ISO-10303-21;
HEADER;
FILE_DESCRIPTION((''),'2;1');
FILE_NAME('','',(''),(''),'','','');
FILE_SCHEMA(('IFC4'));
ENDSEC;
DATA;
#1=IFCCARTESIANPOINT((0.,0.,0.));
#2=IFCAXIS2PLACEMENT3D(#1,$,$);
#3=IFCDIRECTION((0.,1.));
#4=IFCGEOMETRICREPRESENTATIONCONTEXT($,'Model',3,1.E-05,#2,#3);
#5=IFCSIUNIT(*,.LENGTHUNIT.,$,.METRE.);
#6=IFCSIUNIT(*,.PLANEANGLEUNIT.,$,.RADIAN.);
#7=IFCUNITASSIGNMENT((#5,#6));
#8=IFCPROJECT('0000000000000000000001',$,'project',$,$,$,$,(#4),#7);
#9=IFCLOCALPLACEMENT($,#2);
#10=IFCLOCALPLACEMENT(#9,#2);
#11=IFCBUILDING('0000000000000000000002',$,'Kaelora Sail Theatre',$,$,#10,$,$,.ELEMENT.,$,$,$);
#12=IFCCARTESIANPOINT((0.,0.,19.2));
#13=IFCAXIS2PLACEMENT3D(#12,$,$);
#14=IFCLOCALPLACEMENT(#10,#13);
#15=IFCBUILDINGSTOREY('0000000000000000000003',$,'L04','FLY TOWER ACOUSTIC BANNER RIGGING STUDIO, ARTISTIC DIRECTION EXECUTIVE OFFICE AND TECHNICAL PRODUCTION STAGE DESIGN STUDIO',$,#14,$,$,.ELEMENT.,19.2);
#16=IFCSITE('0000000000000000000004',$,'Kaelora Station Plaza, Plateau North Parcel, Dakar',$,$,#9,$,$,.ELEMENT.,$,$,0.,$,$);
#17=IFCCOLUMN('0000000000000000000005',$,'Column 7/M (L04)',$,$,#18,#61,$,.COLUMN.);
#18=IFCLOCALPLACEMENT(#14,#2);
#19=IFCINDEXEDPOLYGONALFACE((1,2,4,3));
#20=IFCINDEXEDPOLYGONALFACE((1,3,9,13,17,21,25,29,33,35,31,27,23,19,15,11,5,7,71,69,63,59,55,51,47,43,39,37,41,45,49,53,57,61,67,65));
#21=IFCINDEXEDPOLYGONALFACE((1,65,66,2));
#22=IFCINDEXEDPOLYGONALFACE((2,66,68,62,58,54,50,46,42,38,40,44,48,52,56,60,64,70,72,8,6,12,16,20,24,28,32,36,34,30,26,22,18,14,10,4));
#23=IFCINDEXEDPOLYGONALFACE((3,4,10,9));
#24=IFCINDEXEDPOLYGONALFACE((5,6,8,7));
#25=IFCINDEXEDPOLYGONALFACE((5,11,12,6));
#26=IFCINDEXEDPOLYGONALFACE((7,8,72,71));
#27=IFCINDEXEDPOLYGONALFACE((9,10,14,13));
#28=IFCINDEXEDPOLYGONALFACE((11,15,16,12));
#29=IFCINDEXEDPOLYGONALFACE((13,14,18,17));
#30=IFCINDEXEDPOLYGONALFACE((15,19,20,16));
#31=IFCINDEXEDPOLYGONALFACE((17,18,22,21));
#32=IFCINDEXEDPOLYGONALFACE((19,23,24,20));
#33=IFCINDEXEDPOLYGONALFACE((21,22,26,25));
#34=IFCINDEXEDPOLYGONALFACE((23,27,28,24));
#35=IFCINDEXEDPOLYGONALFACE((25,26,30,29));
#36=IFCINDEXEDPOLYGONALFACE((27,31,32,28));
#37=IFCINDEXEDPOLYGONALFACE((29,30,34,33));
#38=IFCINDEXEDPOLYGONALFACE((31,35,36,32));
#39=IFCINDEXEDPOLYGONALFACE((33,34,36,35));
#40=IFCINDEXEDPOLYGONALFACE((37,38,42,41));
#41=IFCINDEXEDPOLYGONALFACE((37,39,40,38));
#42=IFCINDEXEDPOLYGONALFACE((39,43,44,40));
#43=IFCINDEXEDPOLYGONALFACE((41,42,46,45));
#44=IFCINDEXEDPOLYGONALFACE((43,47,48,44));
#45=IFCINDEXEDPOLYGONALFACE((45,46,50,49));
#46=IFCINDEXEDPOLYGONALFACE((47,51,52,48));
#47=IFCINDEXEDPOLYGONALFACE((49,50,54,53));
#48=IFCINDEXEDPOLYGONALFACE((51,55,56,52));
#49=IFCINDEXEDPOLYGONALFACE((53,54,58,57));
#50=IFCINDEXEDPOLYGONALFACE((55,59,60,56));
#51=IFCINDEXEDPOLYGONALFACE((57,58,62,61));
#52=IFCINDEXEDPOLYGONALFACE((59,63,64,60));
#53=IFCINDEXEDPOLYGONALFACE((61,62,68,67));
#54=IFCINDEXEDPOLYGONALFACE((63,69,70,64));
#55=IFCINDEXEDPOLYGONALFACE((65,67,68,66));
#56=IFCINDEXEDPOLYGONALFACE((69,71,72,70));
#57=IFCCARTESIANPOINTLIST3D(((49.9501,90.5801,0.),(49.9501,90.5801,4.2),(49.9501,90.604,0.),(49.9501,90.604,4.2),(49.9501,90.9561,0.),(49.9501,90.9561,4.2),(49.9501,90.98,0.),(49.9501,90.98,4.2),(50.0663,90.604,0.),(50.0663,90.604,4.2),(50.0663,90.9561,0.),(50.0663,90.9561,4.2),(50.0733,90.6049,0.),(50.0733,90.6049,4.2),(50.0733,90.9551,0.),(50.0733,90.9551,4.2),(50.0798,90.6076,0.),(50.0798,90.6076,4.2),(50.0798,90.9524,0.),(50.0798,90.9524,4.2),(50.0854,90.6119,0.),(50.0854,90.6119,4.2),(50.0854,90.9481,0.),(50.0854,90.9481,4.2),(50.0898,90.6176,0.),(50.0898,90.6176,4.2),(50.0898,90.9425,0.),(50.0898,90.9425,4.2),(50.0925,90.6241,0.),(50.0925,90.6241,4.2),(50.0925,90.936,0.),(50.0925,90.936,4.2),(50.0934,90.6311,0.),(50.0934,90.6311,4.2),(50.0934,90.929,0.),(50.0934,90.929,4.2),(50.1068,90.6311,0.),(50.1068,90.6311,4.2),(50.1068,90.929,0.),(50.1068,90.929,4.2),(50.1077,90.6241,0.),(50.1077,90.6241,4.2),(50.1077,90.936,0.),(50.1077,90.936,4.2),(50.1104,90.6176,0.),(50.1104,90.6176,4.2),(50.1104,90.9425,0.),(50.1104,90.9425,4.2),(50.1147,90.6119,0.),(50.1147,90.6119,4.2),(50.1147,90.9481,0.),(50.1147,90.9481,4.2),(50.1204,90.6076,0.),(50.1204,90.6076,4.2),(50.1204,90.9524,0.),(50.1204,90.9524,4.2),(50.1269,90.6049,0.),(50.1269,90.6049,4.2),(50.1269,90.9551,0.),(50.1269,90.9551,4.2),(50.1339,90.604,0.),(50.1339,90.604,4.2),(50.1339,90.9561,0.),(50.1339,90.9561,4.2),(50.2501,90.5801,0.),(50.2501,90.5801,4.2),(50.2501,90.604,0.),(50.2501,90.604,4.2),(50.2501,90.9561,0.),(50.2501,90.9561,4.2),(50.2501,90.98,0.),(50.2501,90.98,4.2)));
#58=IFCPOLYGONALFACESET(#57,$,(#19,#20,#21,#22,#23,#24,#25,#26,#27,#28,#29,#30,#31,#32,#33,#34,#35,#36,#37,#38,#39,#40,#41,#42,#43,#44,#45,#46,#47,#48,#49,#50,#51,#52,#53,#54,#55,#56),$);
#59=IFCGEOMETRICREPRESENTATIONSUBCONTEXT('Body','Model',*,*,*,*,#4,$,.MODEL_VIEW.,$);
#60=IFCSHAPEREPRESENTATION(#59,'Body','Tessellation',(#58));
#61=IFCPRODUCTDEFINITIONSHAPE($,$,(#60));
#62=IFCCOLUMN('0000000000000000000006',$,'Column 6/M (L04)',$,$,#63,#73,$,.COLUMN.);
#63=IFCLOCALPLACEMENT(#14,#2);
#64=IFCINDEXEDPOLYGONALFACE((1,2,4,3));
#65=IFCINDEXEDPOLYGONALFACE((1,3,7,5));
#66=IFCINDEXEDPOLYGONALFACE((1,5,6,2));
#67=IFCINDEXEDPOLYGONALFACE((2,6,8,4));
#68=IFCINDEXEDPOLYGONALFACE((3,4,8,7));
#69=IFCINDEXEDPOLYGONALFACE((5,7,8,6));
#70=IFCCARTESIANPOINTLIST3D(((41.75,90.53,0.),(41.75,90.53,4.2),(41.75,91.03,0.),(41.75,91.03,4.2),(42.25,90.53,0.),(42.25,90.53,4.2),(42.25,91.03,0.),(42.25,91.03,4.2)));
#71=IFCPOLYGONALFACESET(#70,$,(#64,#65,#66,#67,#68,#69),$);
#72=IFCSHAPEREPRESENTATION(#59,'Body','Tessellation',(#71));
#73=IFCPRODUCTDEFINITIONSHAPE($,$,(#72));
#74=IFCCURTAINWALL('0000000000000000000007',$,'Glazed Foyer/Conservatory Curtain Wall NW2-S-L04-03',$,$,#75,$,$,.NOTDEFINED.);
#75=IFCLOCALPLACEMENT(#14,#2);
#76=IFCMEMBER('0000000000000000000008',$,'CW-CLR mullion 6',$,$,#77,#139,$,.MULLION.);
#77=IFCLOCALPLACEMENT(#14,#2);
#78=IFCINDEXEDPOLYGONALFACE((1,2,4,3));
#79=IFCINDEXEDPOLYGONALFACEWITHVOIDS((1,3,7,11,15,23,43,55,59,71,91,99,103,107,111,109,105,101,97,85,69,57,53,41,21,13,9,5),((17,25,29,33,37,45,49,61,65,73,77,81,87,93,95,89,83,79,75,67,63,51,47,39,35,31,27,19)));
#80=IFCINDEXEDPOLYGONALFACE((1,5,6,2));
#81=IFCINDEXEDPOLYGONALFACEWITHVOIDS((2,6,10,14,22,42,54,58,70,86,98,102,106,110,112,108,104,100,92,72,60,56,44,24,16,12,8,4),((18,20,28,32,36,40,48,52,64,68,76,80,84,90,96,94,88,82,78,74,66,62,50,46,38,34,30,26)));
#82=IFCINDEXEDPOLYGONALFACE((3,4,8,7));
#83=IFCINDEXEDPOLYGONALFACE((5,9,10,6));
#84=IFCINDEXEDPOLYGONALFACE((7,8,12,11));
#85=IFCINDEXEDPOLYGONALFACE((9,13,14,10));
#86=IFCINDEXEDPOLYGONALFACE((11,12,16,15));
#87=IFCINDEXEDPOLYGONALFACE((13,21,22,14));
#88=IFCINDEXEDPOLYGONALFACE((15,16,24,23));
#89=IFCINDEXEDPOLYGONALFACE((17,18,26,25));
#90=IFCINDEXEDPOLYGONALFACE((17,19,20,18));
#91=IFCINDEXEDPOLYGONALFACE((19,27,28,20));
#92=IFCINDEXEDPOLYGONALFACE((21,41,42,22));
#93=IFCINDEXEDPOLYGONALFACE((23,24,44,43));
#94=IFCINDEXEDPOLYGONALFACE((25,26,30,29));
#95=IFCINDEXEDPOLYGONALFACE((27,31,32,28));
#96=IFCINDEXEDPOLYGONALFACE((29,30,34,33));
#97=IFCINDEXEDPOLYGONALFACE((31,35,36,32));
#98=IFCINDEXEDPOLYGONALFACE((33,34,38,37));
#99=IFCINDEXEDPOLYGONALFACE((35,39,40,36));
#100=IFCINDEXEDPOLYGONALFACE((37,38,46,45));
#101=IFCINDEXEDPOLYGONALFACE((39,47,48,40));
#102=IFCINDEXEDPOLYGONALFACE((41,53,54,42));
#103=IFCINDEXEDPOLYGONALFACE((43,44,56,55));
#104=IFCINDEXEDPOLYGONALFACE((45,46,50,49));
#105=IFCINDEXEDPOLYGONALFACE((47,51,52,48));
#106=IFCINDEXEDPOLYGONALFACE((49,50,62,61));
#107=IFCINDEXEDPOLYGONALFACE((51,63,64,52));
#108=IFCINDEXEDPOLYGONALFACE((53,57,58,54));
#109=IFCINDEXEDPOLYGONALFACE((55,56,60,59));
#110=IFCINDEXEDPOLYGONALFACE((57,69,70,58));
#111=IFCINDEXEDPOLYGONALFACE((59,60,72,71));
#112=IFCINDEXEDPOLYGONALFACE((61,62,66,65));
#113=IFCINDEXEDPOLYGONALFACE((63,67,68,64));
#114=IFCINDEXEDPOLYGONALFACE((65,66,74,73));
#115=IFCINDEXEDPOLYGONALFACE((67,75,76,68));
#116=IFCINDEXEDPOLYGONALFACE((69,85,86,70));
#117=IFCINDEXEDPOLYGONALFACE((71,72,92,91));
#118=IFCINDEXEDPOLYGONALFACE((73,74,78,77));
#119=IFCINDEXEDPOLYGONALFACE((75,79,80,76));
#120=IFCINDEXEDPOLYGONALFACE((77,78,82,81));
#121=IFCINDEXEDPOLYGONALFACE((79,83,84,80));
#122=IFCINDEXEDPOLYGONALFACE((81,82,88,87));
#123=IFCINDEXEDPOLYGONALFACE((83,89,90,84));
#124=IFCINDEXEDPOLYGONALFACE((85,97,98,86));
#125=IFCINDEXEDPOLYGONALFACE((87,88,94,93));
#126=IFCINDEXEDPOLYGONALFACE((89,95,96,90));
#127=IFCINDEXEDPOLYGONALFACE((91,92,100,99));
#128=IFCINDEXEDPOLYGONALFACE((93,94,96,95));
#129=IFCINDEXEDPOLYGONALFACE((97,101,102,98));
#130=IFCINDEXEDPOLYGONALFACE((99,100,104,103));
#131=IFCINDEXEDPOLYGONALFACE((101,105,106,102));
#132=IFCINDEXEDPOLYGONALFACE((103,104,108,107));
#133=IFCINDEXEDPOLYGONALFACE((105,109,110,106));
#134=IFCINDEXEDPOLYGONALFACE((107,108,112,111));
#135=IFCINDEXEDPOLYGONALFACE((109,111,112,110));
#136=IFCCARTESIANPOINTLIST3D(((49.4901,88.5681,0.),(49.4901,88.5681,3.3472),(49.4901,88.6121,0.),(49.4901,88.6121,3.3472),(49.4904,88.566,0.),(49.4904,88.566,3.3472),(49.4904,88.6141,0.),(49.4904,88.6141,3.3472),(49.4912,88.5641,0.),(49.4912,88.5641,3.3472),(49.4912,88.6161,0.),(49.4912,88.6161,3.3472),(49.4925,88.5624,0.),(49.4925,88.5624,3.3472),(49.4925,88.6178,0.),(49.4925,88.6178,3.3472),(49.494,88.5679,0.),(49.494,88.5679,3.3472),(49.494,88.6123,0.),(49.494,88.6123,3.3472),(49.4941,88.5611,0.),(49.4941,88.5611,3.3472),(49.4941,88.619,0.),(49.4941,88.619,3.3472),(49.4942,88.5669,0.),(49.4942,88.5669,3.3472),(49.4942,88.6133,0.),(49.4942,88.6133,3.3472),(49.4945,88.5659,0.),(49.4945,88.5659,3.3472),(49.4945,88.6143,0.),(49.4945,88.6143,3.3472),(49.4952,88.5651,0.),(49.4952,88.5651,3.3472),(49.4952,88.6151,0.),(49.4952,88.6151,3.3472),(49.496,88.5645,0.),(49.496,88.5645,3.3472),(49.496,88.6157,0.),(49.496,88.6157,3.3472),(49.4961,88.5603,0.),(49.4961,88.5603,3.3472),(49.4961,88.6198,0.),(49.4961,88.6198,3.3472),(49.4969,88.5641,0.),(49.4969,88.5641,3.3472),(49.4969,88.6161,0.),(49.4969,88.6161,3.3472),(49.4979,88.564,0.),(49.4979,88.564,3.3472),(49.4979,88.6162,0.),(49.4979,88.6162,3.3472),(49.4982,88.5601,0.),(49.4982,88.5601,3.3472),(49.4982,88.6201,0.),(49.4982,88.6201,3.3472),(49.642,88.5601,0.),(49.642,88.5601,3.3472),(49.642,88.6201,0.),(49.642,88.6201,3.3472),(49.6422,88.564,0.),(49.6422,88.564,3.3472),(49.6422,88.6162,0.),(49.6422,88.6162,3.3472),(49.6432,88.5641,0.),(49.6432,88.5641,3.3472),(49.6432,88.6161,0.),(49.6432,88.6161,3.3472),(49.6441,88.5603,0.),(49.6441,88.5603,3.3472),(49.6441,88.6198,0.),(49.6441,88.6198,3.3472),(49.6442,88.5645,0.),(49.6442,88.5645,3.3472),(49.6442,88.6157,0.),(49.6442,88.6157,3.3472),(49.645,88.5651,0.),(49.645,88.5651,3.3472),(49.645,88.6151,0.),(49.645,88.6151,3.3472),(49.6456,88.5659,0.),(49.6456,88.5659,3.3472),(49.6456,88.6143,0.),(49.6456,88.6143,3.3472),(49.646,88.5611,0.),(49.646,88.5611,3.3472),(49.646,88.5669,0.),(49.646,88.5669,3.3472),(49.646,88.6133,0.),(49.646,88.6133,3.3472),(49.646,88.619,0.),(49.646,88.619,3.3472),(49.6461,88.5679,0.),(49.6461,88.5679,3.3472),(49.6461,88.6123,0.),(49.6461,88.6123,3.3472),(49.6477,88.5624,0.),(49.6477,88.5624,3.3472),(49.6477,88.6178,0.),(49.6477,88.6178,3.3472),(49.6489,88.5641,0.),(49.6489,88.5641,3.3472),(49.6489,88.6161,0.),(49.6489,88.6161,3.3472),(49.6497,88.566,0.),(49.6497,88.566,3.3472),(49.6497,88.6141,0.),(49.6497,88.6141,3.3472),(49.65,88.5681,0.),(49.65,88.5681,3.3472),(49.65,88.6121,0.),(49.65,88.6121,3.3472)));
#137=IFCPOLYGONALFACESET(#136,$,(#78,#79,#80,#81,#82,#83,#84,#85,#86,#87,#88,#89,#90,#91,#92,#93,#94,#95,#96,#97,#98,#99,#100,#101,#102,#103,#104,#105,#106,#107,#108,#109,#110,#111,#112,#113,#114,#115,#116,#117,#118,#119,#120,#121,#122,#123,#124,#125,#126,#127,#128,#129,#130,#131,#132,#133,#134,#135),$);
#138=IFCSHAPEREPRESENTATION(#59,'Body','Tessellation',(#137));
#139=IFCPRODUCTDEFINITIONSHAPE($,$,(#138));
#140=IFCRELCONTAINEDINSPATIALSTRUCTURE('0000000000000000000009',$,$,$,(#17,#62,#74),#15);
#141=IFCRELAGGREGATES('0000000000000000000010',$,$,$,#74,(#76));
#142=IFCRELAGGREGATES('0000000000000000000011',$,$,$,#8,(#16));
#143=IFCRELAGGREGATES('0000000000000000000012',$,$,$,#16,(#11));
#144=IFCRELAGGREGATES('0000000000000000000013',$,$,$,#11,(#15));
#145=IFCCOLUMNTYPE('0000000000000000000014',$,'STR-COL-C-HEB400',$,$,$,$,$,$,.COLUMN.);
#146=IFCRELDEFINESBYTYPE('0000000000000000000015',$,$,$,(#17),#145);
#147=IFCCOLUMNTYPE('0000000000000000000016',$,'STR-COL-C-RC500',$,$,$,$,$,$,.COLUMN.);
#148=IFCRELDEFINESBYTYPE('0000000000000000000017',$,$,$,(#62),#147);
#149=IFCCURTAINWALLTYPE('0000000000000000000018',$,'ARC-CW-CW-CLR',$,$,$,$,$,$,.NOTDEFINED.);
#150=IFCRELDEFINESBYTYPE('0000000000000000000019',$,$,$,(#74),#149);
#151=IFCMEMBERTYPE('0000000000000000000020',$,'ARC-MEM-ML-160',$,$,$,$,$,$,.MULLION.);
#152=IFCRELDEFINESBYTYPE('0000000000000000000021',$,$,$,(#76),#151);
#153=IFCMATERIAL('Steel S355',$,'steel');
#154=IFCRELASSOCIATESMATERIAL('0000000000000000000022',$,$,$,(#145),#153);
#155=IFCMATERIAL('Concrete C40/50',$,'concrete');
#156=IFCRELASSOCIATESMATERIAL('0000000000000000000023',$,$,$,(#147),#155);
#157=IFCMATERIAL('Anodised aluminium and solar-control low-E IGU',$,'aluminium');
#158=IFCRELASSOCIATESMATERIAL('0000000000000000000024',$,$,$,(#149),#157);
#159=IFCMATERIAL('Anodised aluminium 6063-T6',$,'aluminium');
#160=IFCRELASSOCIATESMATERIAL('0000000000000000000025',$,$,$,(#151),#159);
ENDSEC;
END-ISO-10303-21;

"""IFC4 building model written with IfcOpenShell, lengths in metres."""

from ifc_helpers import new_model, si_unit, direction, frame, origin, origin_2d, place, context, subcontext, project, spatial, rectangle, hollow_rectangle, i_section, extrude, material, material_profile, profile_set, type_object, element, aggregate, save


model = new_model("IFC4")

# Units and contexts
model_context = context("Model", 3, precision=1e-05, world=origin(), true_north=direction((0.0, 1.0)))
body_context = subcontext(model_context, "Body", "Model", "MODEL_VIEW")
ifc_project = project(units=[si_unit("LENGTHUNIT", "METRE"), si_unit("PLANEANGLEUNIT", "RADIAN")], contexts=[model_context])

# Site, building, storey
site_placement = place(None, origin())
site = spatial("IfcSite", under=ifc_project, at=site_placement, Name="Kaelora Station Plaza, Plateau North Parcel, Dakar", CompositionType="ELEMENT", RefElevation=0.0)
building_placement = place(site_placement, origin())
building = spatial("IfcBuilding", under=site, at=building_placement, Name="Kaelora Sail Theatre", CompositionType="ELEMENT")
storey_placement = place(building_placement, frame((0.0, 0.0, 19.2)))
storey = spatial("IfcBuildingStorey", under=building, at=storey_placement, Name="L04", Description="FLY TOWER ACOUSTIC BANNER RIGGING STUDIO, ARTISTIC DIRECTION EXECUTIVE OFFICE AND TECHNICAL PRODUCTION STAGE DESIGN STUDIO", CompositionType="ELEMENT", Elevation=19.2)

# Columns
ifc_material_1 = material(Name="Steel S355", Category="steel")
ifc_material_profile_1 = material_profile(ifc_material_1, i_section(OverallWidth=0.3, OverallDepth=0.3999, WebThickness=0.0134, FlangeThickness=0.0239, FilletRadius=0.0271, at=origin_2d()), Name="HEB 400")
ifc_profile_set_1 = profile_set([ifc_material_profile_1], Name="Steel S355")
column_type_1 = type_object("IfcColumnType", Name="STR-COL-C-HEB400", PredefinedType="COLUMN", material=ifc_profile_set_1)
column_1_placement = place(storey_placement, frame((50.1001, 90.78, 0.0), z_axis=(0.0, 0.0, 1.0), x_axis=(1.0, 0.0, 0.0)))
element("IfcColumn", 1, at=column_1_placement, inside=storey, type_object=column_type_1, Name="Column 7/M (L04)", PredefinedType="COLUMN", context=body_context, shape_type="SweptSolid", body=[
    extrude(i_section(OverallWidth=0.3, OverallDepth=0.3999, WebThickness=0.0134, FlangeThickness=0.0239, FilletRadius=0.0271, at=origin_2d()), origin(), (0.0, 0.0, 1.0), 4.2),
])
ifc_material_2 = material(Name="Concrete C40/50", Category="concrete")
ifc_material_profile_2 = material_profile(ifc_material_2, rectangle(XDim=0.5, YDim=0.5, at=origin_2d()), Name="RC-COL 500x500")
ifc_profile_set_2 = profile_set([ifc_material_profile_2], Name="Concrete C40/50")
column_type_2 = type_object("IfcColumnType", Name="STR-COL-C-RC500", PredefinedType="COLUMN", material=ifc_profile_set_2)
column_2_placement = place(storey_placement, frame((42.0, 90.78, 0.0), z_axis=(0.0, 0.0, 1.0), x_axis=(1.0, 0.0, 0.0)))
element("IfcColumn", 2, at=column_2_placement, inside=storey, type_object=column_type_2, Name="Column 6/M (L04)", PredefinedType="COLUMN", context=body_context, shape_type="SweptSolid", body=[
    extrude(rectangle(XDim=0.5, YDim=0.5, at=origin_2d()), origin(), (0.0, 0.0, 1.0), 4.2),
])

# Curtain wall, member
ifc_material_3 = material(Name="Anodised aluminium and solar-control low-E IGU", Category="aluminium")
curtain_wall_type = type_object("IfcCurtainWallType", Name="ARC-CW-CW-CLR", PredefinedType="NOTDEFINED", material=ifc_material_3)
curtain_wall_placement = place(storey_placement, origin())
curtain_wall = element("IfcCurtainWall", 3, at=curtain_wall_placement, inside=storey, type_object=curtain_wall_type, Name="Glazed Foyer/Conservatory Curtain Wall NW2-S-L04-03", PredefinedType="NOTDEFINED")
ifc_material_4 = material(Name="Anodised aluminium 6063-T6", Category="aluminium")
ifc_material_profile_3 = material_profile(ifc_material_4, hollow_rectangle(XDim=0.0601, YDim=0.1599, WallThickness=0.0039, InnerFilletRadius=0.0039, OuterFilletRadius=0.0081, at=origin_2d()), Name="ALU-MULL 60x160x4")
ifc_profile_set_3 = profile_set([ifc_material_profile_3], Name="Anodised aluminium 6063-T6")
member_type_1 = type_object("IfcMemberType", Name="ARC-MEM-ML-160", PredefinedType="MULLION", material=ifc_profile_set_3)
member_1_placement = place(storey_placement, frame((49.5701, 88.5901, 0.0), z_axis=(0.0, 0.0, 1.0), x_axis=(0.0, 1.0, 0.0)))
member_1 = element("IfcMember", 4, at=member_1_placement, type_object=member_type_1, Name="CW-CLR mullion 6", PredefinedType="MULLION", context=body_context, shape_type="SweptSolid", body=[
    extrude(hollow_rectangle(XDim=0.0601, YDim=0.1599, WallThickness=0.0039, InnerFilletRadius=0.0039, OuterFilletRadius=0.0081, at=origin_2d()), origin(), (0.0, 0.0, 1.0), 3.3472),
])

aggregate(curtain_wall, [member_1])

save(model, "model.ifc")
